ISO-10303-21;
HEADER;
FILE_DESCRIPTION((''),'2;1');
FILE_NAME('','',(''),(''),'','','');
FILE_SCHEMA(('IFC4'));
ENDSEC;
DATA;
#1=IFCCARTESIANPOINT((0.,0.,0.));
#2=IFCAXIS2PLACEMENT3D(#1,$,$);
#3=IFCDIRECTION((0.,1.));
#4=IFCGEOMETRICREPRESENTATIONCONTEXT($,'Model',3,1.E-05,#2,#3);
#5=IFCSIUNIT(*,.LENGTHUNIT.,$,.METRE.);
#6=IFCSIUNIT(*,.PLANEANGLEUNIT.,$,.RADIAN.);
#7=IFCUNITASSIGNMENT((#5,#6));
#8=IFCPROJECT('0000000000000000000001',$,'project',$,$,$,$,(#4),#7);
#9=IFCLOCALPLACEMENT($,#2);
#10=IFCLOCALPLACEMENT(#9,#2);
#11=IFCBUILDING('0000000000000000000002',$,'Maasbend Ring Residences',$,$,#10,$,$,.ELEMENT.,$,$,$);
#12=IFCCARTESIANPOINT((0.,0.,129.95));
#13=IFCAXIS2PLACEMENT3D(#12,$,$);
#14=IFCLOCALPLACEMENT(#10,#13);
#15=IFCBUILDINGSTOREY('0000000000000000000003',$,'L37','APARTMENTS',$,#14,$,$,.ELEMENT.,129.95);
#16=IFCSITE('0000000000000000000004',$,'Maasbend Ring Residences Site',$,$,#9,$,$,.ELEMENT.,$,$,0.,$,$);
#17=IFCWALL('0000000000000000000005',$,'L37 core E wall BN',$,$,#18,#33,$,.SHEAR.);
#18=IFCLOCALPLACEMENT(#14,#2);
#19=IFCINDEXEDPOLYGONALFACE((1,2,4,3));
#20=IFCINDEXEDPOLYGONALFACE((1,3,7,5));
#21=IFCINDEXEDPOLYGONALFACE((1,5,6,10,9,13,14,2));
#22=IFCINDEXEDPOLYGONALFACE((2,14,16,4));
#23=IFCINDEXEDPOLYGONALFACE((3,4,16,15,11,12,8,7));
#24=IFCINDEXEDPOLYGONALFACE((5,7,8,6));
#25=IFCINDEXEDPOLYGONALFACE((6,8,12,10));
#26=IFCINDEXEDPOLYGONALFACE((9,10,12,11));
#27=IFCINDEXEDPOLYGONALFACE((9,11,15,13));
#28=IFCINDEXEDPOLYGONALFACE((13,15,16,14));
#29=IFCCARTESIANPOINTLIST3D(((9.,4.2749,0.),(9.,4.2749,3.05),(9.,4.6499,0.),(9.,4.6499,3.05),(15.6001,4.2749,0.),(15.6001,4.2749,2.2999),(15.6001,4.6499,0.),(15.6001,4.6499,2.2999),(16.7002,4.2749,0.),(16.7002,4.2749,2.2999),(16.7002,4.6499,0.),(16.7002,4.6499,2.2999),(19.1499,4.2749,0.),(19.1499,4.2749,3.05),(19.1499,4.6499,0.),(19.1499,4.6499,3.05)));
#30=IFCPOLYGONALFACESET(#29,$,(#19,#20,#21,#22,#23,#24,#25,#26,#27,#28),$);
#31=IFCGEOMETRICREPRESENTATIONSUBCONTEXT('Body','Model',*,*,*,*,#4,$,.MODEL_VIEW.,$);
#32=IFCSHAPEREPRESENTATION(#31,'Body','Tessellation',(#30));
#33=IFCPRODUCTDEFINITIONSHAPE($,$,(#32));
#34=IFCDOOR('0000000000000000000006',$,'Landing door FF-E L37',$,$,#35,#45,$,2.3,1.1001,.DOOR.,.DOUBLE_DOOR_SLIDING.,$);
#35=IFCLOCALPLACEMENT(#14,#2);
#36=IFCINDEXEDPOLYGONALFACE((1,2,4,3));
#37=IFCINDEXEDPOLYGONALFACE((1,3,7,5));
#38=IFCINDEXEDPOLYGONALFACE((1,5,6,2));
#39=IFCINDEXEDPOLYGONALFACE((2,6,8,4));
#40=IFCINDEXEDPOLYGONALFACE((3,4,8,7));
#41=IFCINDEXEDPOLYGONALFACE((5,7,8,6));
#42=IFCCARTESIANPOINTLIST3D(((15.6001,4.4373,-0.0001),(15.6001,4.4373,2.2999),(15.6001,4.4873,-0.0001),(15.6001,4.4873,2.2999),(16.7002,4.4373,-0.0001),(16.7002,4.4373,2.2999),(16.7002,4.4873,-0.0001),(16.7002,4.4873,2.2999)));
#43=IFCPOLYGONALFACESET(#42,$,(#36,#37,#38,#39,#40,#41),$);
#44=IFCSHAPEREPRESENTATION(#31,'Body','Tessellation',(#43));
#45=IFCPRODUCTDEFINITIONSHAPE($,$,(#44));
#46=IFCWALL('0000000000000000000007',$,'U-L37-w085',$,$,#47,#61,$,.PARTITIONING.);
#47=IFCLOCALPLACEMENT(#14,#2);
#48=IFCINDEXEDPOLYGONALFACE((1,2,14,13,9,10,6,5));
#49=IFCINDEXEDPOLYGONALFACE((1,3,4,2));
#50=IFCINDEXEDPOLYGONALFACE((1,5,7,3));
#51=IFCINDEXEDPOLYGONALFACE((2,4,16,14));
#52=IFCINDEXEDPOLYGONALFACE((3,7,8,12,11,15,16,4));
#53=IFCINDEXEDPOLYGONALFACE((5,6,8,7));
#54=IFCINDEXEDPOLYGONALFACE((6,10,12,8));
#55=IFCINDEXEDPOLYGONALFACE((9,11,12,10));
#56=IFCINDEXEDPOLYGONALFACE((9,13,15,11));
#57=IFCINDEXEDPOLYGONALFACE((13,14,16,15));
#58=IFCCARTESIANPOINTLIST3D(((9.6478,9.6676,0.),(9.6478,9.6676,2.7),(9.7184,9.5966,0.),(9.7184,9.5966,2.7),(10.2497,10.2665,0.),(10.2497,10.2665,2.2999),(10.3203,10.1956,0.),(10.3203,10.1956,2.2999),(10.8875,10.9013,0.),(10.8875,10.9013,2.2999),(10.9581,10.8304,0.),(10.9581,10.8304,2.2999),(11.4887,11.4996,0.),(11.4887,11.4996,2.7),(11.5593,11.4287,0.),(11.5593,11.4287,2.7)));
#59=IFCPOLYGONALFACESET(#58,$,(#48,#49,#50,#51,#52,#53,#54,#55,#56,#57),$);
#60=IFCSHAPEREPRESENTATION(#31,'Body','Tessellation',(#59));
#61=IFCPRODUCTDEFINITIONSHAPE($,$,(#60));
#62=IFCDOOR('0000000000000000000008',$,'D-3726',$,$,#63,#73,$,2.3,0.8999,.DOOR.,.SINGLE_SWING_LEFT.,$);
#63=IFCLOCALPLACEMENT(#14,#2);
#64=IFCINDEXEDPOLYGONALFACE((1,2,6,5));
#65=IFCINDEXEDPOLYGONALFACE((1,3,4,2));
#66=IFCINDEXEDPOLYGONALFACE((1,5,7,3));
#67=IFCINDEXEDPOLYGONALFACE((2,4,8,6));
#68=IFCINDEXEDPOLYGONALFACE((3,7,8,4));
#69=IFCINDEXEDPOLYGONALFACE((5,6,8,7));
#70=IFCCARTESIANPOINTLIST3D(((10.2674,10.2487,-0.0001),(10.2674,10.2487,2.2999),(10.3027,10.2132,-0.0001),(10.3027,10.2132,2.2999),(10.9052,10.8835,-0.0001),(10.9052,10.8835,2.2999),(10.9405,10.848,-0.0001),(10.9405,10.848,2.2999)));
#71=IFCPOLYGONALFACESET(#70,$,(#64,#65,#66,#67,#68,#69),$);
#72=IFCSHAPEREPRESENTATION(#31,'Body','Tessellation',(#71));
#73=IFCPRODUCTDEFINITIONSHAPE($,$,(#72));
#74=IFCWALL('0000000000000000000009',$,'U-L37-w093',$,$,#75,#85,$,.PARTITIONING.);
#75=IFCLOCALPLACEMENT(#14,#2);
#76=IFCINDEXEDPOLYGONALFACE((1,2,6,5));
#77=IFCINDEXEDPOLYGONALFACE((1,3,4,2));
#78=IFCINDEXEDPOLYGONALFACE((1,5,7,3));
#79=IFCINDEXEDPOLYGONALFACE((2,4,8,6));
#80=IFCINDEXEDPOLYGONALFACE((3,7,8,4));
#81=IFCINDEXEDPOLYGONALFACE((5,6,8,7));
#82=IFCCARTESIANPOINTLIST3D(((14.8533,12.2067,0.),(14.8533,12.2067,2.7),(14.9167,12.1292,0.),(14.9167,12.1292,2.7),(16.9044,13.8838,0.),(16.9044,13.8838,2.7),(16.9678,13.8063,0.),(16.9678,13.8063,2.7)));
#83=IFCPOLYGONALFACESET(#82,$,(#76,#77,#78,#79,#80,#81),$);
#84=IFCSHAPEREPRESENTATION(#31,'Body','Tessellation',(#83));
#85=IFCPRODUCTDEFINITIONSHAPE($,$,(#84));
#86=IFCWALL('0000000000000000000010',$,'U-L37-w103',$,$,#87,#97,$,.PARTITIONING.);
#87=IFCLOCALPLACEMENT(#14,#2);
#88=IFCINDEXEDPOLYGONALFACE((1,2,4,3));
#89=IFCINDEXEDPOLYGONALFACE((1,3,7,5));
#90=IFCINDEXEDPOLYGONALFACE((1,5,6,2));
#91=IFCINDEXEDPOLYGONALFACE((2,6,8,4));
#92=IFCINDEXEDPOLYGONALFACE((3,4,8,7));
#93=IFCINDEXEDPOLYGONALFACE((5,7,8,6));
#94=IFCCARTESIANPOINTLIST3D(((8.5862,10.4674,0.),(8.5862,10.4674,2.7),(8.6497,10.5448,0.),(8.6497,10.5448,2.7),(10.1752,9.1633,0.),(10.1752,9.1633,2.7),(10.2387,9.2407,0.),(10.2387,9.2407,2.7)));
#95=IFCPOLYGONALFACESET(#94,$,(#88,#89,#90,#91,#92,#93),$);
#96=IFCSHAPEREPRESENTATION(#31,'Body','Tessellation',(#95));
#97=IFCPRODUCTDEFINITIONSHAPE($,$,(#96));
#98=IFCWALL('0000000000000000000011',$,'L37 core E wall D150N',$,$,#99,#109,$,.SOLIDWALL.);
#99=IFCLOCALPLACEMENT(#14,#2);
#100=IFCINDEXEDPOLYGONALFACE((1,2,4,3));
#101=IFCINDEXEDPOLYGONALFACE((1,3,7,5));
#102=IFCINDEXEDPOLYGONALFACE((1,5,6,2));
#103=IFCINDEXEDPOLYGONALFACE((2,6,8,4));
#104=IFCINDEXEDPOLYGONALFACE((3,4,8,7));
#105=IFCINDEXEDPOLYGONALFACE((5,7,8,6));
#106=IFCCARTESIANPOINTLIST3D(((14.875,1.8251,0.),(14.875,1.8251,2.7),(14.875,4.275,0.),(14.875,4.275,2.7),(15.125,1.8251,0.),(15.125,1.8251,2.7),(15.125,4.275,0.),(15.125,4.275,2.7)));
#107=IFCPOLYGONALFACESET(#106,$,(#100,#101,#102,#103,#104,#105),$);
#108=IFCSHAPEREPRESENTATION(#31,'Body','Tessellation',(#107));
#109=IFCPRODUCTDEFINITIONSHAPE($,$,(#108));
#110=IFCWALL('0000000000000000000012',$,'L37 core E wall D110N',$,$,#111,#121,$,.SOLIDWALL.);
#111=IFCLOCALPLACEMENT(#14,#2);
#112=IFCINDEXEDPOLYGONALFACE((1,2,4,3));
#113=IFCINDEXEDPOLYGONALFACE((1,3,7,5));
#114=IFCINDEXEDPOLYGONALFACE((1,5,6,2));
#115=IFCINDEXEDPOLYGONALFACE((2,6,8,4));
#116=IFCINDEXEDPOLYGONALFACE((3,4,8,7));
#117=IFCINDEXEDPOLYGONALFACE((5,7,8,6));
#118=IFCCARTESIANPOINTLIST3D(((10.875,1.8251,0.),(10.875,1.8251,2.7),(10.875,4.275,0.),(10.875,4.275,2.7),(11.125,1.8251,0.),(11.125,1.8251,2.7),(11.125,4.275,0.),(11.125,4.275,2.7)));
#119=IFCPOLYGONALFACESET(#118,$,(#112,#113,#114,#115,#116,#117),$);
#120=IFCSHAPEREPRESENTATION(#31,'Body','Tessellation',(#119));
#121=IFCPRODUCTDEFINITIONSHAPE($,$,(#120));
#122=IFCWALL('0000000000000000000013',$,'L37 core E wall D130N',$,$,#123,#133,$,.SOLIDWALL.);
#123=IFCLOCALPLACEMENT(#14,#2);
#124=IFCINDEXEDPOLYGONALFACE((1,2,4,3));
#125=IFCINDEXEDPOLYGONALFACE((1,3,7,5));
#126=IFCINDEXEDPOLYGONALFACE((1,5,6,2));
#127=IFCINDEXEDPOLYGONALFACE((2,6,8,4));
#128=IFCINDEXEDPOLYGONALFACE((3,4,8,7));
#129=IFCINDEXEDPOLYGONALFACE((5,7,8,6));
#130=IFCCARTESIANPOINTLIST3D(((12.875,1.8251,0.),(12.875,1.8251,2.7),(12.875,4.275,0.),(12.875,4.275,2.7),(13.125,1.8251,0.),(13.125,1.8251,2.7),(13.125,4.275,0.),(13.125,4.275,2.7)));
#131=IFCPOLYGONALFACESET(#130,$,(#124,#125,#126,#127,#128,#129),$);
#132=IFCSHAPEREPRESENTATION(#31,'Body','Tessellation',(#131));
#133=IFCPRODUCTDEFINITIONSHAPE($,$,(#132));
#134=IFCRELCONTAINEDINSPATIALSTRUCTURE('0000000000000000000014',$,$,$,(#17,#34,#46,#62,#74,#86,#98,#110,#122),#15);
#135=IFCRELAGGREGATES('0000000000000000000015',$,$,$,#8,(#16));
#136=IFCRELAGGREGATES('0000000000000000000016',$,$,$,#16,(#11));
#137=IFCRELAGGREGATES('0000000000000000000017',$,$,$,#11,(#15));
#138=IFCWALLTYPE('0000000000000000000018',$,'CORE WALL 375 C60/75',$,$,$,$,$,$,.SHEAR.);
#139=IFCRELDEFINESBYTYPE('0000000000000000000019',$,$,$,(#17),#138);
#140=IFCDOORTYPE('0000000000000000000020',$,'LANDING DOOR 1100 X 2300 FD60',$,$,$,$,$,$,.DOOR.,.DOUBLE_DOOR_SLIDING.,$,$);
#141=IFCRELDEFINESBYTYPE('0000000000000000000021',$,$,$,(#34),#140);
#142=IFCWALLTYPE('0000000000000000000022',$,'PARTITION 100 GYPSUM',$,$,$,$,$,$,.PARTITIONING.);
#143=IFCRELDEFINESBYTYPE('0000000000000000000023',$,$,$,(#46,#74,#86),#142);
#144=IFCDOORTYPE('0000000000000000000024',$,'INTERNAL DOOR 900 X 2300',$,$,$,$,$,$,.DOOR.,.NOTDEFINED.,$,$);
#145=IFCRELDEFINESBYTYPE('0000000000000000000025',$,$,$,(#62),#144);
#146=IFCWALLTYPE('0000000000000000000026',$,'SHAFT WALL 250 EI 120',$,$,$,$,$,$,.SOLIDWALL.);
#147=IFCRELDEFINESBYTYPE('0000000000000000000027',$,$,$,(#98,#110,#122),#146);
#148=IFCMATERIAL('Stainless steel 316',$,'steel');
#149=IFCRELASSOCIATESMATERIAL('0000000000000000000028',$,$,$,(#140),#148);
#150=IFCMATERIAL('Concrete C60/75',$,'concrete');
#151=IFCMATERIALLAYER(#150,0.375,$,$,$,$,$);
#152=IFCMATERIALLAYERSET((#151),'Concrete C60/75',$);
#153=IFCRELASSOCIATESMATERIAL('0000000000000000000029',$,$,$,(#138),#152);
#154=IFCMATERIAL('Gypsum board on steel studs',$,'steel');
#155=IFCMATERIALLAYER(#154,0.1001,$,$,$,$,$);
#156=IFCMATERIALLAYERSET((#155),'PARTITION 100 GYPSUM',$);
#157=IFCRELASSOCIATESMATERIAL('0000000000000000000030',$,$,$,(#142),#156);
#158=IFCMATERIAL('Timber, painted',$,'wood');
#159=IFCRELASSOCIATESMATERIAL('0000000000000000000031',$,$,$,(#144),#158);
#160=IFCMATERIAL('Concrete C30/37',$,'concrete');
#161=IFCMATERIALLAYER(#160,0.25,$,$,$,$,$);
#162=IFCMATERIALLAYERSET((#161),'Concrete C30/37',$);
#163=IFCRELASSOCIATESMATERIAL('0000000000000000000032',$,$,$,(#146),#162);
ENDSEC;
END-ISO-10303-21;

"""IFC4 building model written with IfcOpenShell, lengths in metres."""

from ifc_helpers import new_model, si_unit, direction, frame, frame_2d, origin, place, context, subcontext, project, spatial, rectangle, extrude, material, layer, layer_set, type_object, element, fill, save


model = new_model("IFC4")

# Units and contexts
model_context = context("Model", 3, precision=1e-05, world=origin(), true_north=direction((0.0, 1.0)))
body_context = subcontext(model_context, "Body", "Model", "MODEL_VIEW")
ifc_project = project(units=[si_unit("LENGTHUNIT", "METRE"), si_unit("PLANEANGLEUNIT", "RADIAN")], contexts=[model_context])

# Site, building, storey
site_placement = place(None, origin())
site = spatial("IfcSite", under=ifc_project, at=site_placement, Name="Maasbend Ring Residences Site", CompositionType="ELEMENT", RefElevation=0.0)
building_placement = place(site_placement, origin())
building = spatial("IfcBuilding", under=site, at=building_placement, Name="Maasbend Ring Residences", CompositionType="ELEMENT")
storey_placement = place(building_placement, frame((0.0, 0.0, 129.95)))
storey = spatial("IfcBuildingStorey", under=building, at=storey_placement, Name="L37", Description="APARTMENTS", CompositionType="ELEMENT", Elevation=129.95)

# Shared definitions
ifc_material_1 = material(Name="Stainless steel 316", Category="steel")
door_type_1 = type_object("IfcDoorType", Name="LANDING DOOR 1100 X 2300 FD60", OperationType="DOUBLE_DOOR_SLIDING", PredefinedType="DOOR", material=ifc_material_1)

# Walls, openings, doors
ifc_material_2 = material(Name="Concrete C60/75", Category="concrete")
ifc_layer_1 = layer(ifc_material_2, 0.375)
ifc_layer_set_1 = layer_set([ifc_layer_1], Name="Concrete C60/75")
wall_type_1 = type_object("IfcWallType", Name="CORE WALL 375 C60/75", PredefinedType="SHEAR", material=ifc_layer_set_1)
wall_1_placement = place(storey_placement, frame((9.0, 4.4624, 0.0), z_axis=(0.0, 0.0, 1.0), x_axis=(1.0, 0.0, 0.0)))
wall_1 = element("IfcWall", 1, at=wall_1_placement, inside=storey, type_object=wall_type_1, Name="L37 core E wall BN", PredefinedType="SHEAR", context=body_context, shape_type="SweptSolid", body=[
    extrude(rectangle(XDim=10.1499, YDim=0.375, at=frame_2d((5.075, 0.0))), origin(), (0.0, 0.0, 1.0), 3.05),
])
opening_1_placement = place(wall_1_placement, frame((6.6001, 0.0, 0.0)))
opening_1 = element("IfcOpeningElement", 2, at=opening_1_placement, cuts=wall_1, PredefinedType="OPENING", context=body_context, shape_type="SweptSolid", body=[
    extrude(rectangle(XDim=1.1001, YDim=2.3, at=frame_2d((0.55, 1.1499))), frame((0.0, 0.1975, 0.0), z_axis=(0.0, -1.0, 0.0), x_axis=(1.0, 0.0, 0.0)), (0.0, 0.0, 1.0), 0.395),
])
door_1_placement = place(opening_1_placement, origin())
door_1 = element("IfcDoor", 3, at=door_1_placement, inside=storey, type_object=door_type_1, Name="Landing door FF-E L37", OperationType="DOUBLE_DOOR_SLIDING", OverallHeight=2.3, OverallWidth=1.1001, PredefinedType="DOOR", context=body_context, shape_type="SweptSolid", body=[
    extrude(rectangle(XDim=1.1001, YDim=2.3, at=frame_2d((0.55, 1.1499))), frame((0.0, 0.0249, 0.0), z_axis=(0.0, -1.0, 0.0), x_axis=(1.0, 0.0, 0.0)), (0.0, 0.0, 1.0), 0.05),
])
fill(opening_1, door_1)
ifc_material_3 = material(Name="Gypsum board on steel studs", Category="steel")
ifc_layer_2 = layer(ifc_material_3, 0.1001)
ifc_layer_set_2 = layer_set([ifc_layer_2], Name="PARTITION 100 GYPSUM")
wall_type_2 = type_object("IfcWallType", Name="PARTITION 100 GYPSUM", PredefinedType="PARTITIONING", material=ifc_layer_set_2)
wall_2_placement = place(storey_placement, frame((9.6831, 9.6321, 0.0), z_axis=(0.0, 0.0, 1.0), x_axis=(0.708797, 0.705413, 0.0)))
wall_2 = element("IfcWall", 4, at=wall_2_placement, inside=storey, type_object=wall_type_2, Name="U-L37-w085", PredefinedType="PARTITIONING", context=body_context, shape_type="SweptSolid", body=[
    extrude(rectangle(XDim=2.5972, YDim=0.1001, at=frame_2d((1.2986, 0.0))), origin(), (0.0, 0.0, 1.0), 2.7),
])
opening_2_placement = place(wall_2_placement, frame((0.8491, 0.0, 0.0)))
opening_2 = element("IfcOpeningElement", 5, at=opening_2_placement, cuts=wall_2, PredefinedType="OPENING", context=body_context, shape_type="SweptSolid", body=[
    extrude(rectangle(XDim=0.8999, YDim=2.3, at=frame_2d((0.45, 1.1499))), frame((0.0, 0.0601, 0.0), z_axis=(0.0, -1.0, 0.0), x_axis=(1.0, 0.0, 0.0)), (0.0, 0.0, 1.0), 0.1201),
])
ifc_material_4 = material(Name="Timber, painted", Category="wood")
door_type_2 = type_object("IfcDoorType", Name="INTERNAL DOOR 900 X 2300", OperationType="NOTDEFINED", PredefinedType="DOOR", material=ifc_material_4)
door_2_placement = place(opening_2_placement, origin())
door_2 = element("IfcDoor", 6, at=door_2_placement, inside=storey, type_object=door_type_2, Name="D-3726", OperationType="SINGLE_SWING_LEFT", OverallHeight=2.3, OverallWidth=0.8999, PredefinedType="DOOR", context=body_context, shape_type="SweptSolid", body=[
    extrude(rectangle(XDim=0.8999, YDim=2.3, at=frame_2d((0.45, 1.1499))), frame((0.0, 0.0249, 0.0), z_axis=(0.0, -1.0, 0.0), x_axis=(1.0, 0.0, 0.0)), (0.0, 0.0, 1.0), 0.05),
])
fill(opening_2, door_2)

# Walls
wall_3_placement = place(storey_placement, frame((14.885, 12.168, 0.0), z_axis=(0.0, 0.0, 1.0), x_axis=(0.774163, 0.632987, 0.0)))
element("IfcWall", 7, at=wall_3_placement, inside=storey, type_object=wall_type_2, Name="U-L37-w093", PredefinedType="PARTITIONING", context=body_context, shape_type="SweptSolid", body=[
    extrude(rectangle(XDim=2.6494, YDim=0.1001, at=frame_2d((1.3247, 0.0))), origin(), (0.0, 0.0, 1.0), 2.7),
])
wall_4_placement = place(storey_placement, frame((8.6179, 10.5061, 0.0), z_axis=(0.0, 0.0, 1.0), x_axis=(0.772999, -0.634408, 0.0)))
element("IfcWall", 8, at=wall_4_placement, inside=storey, type_object=wall_type_2, Name="U-L37-w103", PredefinedType="PARTITIONING", context=body_context, shape_type="SweptSolid", body=[
    extrude(rectangle(XDim=2.0557, YDim=0.1001, at=frame_2d((1.0278, 0.0))), origin(), (0.0, 0.0, 1.0), 2.7),
])
ifc_material_5 = material(Name="Concrete C30/37", Category="concrete")
ifc_layer_3 = layer(ifc_material_5, 0.25)
ifc_layer_set_3 = layer_set([ifc_layer_3], Name="Concrete C30/37")
wall_type_3 = type_object("IfcWallType", Name="SHAFT WALL 250 EI 120", PredefinedType="SOLIDWALL", material=ifc_layer_set_3)
for number, where, z_axis, x_axis, name in (
    (9, (15.0, 1.825, 0.0), (0.0, 0.0, 1.0), (0.0, 1.0, 0.0), "L37 core E wall D150N"),
    (10, (11.0, 1.825, 0.0), (0.0, 0.0, 1.0), (0.0, 1.0, 0.0), "L37 core E wall D110N"),
    (11, (13.0, 1.825, 0.0), (0.0, 0.0, 1.0), (0.0, 1.0, 0.0), "L37 core E wall D130N"),
):
    element("IfcWall", number, at=place(storey_placement, frame(where, z_axis=z_axis, x_axis=x_axis)), inside=storey, type_object=wall_type_3, Name=name, PredefinedType="SOLIDWALL", context=body_context, shape_type="SweptSolid", body=[
        extrude(rectangle(XDim=2.45, YDim=0.25, at=frame_2d((1.2251, 0.0))), origin(), (0.0, 0.0, 1.0), 2.7),
    ])

save(model, "model.ifc")
